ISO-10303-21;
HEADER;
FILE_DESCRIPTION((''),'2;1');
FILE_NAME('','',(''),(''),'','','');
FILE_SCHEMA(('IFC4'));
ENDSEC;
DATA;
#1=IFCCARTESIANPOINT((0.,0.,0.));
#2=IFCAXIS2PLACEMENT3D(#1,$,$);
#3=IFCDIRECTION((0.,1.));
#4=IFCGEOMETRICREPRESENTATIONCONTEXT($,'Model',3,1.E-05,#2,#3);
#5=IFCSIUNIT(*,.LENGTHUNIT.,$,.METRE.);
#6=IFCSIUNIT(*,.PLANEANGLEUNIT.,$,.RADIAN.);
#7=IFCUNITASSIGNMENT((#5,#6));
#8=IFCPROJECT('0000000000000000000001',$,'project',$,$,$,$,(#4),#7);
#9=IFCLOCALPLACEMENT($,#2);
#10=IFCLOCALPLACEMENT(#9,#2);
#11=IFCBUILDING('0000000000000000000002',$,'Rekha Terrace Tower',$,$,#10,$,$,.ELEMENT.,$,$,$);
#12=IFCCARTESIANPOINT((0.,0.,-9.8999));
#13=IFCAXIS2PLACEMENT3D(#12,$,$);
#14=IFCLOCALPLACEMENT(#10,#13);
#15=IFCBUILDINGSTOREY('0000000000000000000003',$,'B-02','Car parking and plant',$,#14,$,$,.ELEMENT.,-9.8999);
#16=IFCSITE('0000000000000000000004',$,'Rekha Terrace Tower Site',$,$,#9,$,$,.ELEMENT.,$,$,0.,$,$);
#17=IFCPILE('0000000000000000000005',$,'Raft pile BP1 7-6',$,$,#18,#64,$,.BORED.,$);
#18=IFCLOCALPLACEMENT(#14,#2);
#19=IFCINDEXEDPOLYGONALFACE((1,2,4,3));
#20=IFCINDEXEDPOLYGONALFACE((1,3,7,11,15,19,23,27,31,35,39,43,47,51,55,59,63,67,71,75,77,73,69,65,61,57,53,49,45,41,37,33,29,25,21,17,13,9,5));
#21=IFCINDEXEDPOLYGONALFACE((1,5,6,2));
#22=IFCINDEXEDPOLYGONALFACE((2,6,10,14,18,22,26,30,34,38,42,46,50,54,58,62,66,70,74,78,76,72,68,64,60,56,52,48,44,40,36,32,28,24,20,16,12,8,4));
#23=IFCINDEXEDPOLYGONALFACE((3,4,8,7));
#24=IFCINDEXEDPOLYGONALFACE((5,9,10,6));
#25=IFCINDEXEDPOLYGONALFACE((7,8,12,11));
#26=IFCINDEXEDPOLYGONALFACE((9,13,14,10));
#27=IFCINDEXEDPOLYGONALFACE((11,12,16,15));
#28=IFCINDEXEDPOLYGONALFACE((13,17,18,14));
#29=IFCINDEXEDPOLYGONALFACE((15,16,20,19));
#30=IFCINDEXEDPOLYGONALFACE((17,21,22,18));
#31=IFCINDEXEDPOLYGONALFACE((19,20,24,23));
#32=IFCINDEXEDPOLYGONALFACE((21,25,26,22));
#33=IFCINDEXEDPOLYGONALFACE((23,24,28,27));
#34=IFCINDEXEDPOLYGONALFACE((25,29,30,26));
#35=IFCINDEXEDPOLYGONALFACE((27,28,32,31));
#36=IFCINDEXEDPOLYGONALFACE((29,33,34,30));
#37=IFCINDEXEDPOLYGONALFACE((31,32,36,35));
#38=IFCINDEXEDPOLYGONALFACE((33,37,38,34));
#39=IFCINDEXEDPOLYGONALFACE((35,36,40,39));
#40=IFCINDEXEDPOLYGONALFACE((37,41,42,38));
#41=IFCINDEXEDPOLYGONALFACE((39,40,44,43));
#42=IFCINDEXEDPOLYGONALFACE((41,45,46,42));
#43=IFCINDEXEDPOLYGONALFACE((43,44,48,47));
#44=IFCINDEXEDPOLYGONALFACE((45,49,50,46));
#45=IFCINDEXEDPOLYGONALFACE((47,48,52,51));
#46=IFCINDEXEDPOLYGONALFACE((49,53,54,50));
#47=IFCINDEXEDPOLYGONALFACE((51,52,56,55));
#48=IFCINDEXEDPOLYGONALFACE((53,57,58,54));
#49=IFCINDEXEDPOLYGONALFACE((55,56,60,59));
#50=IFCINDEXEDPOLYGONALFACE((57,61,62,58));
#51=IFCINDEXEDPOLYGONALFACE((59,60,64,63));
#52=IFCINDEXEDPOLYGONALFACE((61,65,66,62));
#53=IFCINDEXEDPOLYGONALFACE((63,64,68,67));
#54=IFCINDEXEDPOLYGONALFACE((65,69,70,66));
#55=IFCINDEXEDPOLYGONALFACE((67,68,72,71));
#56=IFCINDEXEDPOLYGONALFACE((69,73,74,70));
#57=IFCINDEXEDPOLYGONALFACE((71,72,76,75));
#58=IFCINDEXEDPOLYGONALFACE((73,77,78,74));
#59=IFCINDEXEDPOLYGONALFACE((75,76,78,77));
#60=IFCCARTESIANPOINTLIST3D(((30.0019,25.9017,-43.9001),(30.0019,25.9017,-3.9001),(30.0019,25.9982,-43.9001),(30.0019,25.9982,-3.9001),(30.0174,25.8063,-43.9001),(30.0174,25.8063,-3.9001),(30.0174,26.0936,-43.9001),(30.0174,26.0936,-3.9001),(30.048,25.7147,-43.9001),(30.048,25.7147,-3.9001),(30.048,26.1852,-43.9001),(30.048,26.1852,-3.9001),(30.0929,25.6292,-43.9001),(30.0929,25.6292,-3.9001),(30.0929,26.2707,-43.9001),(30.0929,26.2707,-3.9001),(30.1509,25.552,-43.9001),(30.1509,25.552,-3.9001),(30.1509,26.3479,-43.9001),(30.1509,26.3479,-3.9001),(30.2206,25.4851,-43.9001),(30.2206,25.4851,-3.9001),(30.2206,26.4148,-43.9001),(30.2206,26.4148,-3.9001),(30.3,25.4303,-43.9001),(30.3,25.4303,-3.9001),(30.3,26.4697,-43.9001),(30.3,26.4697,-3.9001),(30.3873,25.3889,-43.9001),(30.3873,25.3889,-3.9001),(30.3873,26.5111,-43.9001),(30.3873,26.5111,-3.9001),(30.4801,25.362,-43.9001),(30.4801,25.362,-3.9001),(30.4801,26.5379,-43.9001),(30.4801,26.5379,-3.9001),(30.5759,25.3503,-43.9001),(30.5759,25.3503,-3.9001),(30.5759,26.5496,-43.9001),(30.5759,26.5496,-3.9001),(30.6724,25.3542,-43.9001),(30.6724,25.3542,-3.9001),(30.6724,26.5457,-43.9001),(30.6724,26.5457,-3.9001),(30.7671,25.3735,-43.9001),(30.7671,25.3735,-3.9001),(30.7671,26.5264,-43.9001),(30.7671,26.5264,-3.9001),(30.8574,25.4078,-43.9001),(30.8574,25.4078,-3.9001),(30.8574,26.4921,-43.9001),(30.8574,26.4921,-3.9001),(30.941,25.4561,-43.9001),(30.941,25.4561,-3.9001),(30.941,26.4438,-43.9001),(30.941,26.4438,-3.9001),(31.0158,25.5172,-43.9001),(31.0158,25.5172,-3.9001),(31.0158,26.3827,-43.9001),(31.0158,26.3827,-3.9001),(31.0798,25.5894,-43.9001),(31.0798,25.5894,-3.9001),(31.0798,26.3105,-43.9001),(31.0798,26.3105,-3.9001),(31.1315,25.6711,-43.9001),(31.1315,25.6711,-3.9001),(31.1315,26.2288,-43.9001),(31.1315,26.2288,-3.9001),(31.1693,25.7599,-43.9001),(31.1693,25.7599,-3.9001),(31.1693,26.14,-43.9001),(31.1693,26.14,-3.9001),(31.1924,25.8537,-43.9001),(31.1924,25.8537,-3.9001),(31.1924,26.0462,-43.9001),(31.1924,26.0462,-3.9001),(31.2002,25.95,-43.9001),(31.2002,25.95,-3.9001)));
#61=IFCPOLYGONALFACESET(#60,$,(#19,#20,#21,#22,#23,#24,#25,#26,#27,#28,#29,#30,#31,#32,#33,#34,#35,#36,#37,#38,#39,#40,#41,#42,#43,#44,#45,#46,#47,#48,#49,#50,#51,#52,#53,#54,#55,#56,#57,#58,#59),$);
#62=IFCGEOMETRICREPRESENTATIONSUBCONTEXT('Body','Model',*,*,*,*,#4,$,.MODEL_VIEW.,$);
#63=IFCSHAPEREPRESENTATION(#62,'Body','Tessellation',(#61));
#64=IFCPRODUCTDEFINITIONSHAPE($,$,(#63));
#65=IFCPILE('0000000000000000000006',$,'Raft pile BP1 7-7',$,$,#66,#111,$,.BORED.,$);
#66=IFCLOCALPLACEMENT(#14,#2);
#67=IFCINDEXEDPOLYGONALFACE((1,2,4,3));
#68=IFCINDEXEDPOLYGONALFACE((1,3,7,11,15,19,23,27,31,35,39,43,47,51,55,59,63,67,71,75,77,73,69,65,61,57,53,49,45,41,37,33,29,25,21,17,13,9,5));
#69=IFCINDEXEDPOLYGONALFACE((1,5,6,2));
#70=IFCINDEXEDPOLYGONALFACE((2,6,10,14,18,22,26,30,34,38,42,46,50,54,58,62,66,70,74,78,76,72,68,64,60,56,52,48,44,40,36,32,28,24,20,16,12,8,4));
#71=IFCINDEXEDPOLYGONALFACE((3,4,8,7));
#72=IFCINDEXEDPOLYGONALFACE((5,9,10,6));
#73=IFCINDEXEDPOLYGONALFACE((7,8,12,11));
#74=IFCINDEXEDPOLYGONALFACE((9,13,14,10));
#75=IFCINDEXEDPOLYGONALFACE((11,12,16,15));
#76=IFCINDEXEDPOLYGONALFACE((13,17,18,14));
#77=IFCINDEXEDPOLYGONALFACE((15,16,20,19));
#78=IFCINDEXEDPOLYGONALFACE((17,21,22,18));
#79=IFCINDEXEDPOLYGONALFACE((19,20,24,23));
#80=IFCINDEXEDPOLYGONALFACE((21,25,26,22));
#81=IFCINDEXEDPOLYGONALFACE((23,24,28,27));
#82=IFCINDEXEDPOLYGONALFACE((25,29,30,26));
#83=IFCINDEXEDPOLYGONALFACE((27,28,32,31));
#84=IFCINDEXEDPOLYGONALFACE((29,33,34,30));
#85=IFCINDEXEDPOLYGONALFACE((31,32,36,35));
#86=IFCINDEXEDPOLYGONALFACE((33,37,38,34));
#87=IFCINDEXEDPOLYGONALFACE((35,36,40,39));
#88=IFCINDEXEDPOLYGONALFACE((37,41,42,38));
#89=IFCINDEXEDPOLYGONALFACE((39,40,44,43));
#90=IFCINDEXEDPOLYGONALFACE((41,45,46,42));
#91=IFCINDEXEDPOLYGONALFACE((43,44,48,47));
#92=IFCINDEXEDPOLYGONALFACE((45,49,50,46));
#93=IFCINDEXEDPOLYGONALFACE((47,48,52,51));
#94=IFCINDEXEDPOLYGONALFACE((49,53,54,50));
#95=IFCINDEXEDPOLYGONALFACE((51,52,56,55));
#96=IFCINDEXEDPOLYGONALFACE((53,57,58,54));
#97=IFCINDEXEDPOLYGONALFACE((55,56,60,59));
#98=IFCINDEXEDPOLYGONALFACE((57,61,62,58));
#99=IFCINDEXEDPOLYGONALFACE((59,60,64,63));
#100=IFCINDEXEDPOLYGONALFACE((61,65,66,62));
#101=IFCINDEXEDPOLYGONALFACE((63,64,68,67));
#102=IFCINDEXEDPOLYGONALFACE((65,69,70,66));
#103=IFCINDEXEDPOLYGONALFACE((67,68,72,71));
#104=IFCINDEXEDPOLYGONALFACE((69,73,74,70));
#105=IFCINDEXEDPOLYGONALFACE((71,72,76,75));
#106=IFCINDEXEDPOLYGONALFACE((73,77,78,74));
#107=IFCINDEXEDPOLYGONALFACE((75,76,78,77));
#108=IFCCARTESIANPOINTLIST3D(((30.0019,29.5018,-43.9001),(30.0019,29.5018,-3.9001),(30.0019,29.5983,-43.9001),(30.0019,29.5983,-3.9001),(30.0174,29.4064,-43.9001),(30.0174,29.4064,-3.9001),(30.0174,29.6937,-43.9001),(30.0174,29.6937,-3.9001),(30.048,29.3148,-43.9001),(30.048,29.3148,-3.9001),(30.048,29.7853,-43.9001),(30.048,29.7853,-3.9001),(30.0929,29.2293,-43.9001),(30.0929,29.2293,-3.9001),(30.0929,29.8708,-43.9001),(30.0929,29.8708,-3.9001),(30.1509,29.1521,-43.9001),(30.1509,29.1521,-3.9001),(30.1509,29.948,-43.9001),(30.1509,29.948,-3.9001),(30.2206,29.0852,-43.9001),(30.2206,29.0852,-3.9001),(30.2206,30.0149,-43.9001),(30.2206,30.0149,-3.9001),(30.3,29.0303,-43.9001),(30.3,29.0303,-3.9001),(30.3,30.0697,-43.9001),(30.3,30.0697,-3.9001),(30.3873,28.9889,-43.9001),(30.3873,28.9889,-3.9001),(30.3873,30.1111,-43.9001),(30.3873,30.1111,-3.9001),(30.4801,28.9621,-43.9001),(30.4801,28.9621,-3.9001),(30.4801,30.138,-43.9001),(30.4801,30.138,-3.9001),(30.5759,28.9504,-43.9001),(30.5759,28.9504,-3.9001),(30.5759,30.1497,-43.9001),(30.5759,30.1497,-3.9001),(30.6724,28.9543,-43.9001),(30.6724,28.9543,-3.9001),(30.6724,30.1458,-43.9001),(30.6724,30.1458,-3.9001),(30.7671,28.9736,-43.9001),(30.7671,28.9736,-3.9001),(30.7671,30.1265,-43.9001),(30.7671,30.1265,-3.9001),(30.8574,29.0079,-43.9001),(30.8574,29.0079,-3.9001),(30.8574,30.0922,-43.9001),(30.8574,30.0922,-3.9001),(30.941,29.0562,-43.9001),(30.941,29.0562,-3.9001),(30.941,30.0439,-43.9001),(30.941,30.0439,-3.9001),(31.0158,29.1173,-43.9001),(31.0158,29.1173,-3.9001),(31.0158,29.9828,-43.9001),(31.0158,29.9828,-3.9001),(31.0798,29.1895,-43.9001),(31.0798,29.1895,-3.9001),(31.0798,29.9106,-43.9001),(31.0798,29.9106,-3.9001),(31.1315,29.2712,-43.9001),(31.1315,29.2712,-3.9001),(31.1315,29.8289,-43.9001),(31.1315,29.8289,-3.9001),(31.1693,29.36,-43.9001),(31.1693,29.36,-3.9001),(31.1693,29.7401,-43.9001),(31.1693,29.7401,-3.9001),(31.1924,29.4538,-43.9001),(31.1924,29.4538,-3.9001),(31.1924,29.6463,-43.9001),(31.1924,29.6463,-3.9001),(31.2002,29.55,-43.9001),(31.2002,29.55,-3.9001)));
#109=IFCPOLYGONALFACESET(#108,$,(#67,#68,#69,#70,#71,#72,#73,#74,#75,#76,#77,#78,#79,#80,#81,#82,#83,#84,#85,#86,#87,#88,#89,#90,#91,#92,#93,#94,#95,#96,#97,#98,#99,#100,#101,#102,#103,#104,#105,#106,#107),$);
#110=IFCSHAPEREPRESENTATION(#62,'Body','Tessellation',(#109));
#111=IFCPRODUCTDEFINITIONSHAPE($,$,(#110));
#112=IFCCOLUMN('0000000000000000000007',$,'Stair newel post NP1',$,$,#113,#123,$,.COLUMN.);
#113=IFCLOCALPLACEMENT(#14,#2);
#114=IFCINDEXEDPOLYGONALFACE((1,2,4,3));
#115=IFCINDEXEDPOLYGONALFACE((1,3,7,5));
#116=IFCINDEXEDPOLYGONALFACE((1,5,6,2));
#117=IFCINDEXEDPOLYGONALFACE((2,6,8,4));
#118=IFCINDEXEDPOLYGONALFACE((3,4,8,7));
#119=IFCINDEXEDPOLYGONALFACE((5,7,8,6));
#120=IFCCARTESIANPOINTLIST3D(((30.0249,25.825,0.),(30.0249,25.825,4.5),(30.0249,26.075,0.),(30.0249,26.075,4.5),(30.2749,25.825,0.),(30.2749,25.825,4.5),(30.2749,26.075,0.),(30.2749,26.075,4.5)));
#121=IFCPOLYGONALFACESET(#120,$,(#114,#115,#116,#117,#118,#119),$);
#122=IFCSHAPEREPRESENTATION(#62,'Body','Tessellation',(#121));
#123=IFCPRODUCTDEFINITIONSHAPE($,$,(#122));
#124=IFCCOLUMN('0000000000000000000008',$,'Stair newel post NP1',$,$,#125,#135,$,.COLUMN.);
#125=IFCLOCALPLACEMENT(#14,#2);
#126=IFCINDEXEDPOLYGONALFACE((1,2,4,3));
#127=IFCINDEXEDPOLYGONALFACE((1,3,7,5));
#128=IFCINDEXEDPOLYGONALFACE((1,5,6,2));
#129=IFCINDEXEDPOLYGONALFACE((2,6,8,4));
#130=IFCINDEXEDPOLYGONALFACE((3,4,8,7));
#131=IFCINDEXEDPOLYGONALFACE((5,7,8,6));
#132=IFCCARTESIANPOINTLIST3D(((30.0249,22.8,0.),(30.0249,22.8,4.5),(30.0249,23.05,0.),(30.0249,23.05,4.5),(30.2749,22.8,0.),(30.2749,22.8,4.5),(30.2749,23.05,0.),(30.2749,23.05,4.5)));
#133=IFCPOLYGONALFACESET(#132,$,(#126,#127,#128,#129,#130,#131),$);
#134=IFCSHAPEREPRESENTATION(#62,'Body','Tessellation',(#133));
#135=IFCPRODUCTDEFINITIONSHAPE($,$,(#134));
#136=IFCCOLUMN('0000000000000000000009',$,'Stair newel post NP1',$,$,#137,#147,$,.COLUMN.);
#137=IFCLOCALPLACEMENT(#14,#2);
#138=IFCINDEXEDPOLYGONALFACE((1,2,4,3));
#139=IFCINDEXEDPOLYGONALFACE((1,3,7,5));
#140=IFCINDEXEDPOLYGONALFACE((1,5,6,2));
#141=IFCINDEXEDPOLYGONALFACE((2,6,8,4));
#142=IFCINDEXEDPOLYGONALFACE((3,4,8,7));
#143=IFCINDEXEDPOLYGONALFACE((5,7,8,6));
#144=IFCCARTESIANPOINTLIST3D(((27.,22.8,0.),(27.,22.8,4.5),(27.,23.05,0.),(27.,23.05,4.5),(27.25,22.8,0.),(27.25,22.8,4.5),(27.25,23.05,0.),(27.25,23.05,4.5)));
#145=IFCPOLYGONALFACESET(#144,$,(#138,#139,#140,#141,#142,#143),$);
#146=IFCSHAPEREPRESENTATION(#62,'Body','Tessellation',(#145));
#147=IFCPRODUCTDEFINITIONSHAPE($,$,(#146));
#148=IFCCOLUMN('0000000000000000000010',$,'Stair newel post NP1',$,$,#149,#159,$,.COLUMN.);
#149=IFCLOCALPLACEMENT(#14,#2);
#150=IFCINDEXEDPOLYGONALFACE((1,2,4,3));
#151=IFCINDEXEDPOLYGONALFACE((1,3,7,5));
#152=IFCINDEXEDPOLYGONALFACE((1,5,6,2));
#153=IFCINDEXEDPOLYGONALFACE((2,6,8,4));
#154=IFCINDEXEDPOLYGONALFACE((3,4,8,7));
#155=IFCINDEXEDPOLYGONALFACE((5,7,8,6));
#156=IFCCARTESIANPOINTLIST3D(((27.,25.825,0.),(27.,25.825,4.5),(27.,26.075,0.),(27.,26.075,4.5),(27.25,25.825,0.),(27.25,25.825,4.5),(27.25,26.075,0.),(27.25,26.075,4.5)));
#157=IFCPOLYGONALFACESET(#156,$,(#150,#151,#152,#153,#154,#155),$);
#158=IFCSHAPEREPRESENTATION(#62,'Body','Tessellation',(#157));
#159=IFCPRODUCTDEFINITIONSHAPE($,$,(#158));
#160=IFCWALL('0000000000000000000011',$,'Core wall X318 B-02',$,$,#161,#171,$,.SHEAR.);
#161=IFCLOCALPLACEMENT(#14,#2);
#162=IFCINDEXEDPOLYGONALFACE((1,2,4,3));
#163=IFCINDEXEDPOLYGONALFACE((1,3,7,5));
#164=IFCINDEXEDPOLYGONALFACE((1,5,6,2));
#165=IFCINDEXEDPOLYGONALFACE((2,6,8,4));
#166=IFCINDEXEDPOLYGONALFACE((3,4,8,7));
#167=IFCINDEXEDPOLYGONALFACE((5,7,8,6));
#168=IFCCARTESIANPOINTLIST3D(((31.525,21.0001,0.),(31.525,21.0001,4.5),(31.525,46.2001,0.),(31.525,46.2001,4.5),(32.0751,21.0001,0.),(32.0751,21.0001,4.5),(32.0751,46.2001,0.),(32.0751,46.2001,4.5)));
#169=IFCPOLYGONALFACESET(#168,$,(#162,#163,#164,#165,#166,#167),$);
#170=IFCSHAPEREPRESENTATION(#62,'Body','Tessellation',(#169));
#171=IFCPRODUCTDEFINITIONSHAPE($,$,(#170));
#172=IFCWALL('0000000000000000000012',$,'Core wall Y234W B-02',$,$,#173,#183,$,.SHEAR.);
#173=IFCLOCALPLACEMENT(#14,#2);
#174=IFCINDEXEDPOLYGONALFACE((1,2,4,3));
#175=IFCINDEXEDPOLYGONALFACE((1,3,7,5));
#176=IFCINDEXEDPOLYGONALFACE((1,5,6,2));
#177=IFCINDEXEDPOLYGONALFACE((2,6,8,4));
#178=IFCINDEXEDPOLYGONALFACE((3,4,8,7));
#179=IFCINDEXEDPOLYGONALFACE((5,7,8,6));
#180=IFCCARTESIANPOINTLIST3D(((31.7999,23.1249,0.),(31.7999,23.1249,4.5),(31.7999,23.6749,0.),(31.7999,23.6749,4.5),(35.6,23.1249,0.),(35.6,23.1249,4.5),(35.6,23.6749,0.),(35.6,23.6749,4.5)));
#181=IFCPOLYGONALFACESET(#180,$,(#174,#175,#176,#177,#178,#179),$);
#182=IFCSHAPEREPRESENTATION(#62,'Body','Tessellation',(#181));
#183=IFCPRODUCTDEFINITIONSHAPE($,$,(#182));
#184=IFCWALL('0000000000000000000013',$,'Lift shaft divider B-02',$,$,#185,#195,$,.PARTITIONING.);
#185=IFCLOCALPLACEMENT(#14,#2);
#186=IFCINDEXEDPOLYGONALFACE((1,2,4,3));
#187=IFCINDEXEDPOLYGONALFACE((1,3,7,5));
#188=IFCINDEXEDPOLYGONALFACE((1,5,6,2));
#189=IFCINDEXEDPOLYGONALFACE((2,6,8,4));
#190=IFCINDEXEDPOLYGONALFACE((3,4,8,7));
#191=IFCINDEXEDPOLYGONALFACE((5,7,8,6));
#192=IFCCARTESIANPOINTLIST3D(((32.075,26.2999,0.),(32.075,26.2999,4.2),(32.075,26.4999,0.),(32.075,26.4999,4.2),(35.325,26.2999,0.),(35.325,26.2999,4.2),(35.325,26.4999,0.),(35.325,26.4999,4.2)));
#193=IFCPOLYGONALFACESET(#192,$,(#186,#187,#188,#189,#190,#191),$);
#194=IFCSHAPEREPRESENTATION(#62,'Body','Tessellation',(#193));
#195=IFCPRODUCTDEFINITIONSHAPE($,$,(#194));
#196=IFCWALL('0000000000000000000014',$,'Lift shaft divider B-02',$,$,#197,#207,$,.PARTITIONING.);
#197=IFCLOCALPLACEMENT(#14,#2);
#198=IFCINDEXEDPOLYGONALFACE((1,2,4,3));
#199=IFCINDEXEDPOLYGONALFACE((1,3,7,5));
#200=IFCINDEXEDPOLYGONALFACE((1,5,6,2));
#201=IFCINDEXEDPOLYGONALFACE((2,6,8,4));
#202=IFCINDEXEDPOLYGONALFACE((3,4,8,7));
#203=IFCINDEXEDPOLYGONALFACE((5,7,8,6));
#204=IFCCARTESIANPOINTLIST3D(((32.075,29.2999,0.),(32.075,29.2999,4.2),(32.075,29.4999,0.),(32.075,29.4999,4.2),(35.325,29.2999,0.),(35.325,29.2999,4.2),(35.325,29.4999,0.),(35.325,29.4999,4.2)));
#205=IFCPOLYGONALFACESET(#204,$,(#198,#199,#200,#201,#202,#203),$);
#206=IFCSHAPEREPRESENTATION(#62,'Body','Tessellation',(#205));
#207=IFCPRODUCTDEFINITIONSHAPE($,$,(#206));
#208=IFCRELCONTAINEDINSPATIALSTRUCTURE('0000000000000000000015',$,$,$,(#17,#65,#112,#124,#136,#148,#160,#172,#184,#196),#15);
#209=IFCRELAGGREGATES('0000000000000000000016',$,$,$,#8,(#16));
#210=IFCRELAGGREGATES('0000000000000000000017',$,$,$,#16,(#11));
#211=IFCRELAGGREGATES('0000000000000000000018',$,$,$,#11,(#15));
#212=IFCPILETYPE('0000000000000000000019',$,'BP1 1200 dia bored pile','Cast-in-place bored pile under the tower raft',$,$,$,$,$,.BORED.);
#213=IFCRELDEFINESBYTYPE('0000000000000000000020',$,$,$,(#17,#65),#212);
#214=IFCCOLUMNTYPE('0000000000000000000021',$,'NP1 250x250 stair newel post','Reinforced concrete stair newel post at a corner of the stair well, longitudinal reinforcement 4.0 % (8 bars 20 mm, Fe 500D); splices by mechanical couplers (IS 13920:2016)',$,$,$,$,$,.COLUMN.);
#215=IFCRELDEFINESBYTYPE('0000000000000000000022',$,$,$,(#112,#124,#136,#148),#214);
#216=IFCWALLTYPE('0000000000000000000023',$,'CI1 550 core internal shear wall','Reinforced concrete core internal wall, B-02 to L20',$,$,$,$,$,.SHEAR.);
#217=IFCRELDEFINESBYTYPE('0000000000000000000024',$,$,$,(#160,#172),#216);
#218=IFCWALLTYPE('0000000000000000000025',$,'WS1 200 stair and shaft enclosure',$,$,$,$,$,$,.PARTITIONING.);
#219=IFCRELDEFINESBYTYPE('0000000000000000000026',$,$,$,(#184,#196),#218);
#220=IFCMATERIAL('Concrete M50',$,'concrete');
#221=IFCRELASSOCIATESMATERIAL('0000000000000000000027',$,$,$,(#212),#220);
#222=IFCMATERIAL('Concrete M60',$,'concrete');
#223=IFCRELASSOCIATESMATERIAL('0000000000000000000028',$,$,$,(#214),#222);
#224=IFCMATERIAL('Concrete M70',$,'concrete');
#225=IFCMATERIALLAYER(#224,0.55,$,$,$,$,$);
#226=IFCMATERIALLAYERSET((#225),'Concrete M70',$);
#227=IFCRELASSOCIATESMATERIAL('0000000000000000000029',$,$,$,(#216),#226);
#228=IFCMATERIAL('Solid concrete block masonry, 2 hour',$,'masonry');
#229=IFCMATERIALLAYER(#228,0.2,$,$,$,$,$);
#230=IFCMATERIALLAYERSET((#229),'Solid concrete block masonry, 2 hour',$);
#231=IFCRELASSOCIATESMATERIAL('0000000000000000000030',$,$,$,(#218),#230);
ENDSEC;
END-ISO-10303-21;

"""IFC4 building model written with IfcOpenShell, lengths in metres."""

from ifc_helpers import new_model, si_unit, direction, frame, frame_2d, origin, origin_2d, place, context, subcontext, project, spatial, rectangle, circle, extrude, material, layer, layer_set, material_profile, profile_set, type_object, element, save


model = new_model("IFC4")

# Units and contexts
model_context = context("Model", 3, precision=1e-05, world=origin(), true_north=direction((0.0, 1.0)))
body_context = subcontext(model_context, "Body", "Model", "MODEL_VIEW")
ifc_project = project(units=[si_unit("LENGTHUNIT", "METRE"), si_unit("PLANEANGLEUNIT", "RADIAN")], contexts=[model_context])

# Site, building, storey
site_placement = place(None, origin())
site = spatial("IfcSite", under=ifc_project, at=site_placement, Name="Rekha Terrace Tower Site", CompositionType="ELEMENT", RefElevation=0.0)
building_placement = place(site_placement, origin())
building = spatial("IfcBuilding", under=site, at=building_placement, Name="Rekha Terrace Tower", CompositionType="ELEMENT")
storey_placement = place(building_placement, frame((0.0, 0.0, -9.8999)))
storey = spatial("IfcBuildingStorey", under=building, at=storey_placement, Name="B-02", Description="Car parking and plant", CompositionType="ELEMENT", Elevation=-9.8999)

# Piles
ifc_material_1 = material(Name="Concrete M50", Category="concrete")
pile_type = type_object("IfcPileType", Name="BP1 1200 dia bored pile", Description="Cast-in-place bored pile under the tower raft", PredefinedType="BORED", material=ifc_material_1)
for number, where, z_axis, x_axis, name in (
    (1, (30.6001, 25.95, -3.9001), (0.0, 0.0, -1.0), (1.0, 0.0, 0.0), "Raft pile BP1 7-6"),
    (2, (30.6001, 29.55, -3.9001), (0.0, 0.0, -1.0), (1.0, 0.0, 0.0), "Raft pile BP1 7-7"),
):
    element("IfcPile", number, at=place(storey_placement, frame(where, z_axis=z_axis, x_axis=x_axis)), inside=storey, type_object=pile_type, Name=name, PredefinedType="BORED", context=body_context, shape_type="SweptSolid", body=[
        extrude(circle(Radius=0.6001, at=origin_2d()), origin(), (0.0, 0.0, 1.0), 40.0),
    ])

# Columns
ifc_material_2 = material(Name="Concrete M60", Category="concrete")
ifc_material_profile = material_profile(ifc_material_2, rectangle(XDim=0.25, YDim=0.25, at=origin_2d()), Name="RC 250x250")
ifc_profile_set = profile_set([ifc_material_profile], Name="Concrete M60")
column_type = type_object("IfcColumnType", Name="NP1 250x250 stair newel post", Description="Reinforced concrete stair newel post at a corner of the stair well, longitudinal reinforcement 4.0 % (8 bars 20 mm, Fe 500D); splices by mechanical couplers (IS 13920:2016)", PredefinedType="COLUMN", material=ifc_profile_set)
for number, where, z_axis, x_axis, name in (
    (3, (30.1499, 25.95, 0.0), (0.0, 0.0, 1.0), (1.0, 0.0, 0.0), "Stair newel post NP1"),
    (4, (30.1499, 22.925, 0.0), (0.0, 0.0, 1.0), (1.0, 0.0, 0.0), "Stair newel post NP1"),
    (5, (27.125, 22.925, 0.0), (0.0, 0.0, 1.0), (1.0, 0.0, 0.0), "Stair newel post NP1"),
    (6, (27.125, 25.95, 0.0), (0.0, 0.0, 1.0), (1.0, 0.0, 0.0), "Stair newel post NP1"),
):
    element("IfcColumn", number, at=place(storey_placement, frame(where, z_axis=z_axis, x_axis=x_axis)), inside=storey, type_object=column_type, Name=name, PredefinedType="COLUMN", context=body_context, shape_type="SweptSolid", body=[
        extrude(rectangle(XDim=0.25, YDim=0.25, at=origin_2d()), origin(), (0.0, 0.0, 1.0), 4.5),
    ])

# Walls
ifc_material_3 = material(Name="Concrete M70", Category="concrete")
ifc_layer_1 = layer(ifc_material_3, 0.55)
ifc_layer_set_1 = layer_set([ifc_layer_1], Name="Concrete M70")
wall_type_1 = type_object("IfcWallType", Name="CI1 550 core internal shear wall", Description="Reinforced concrete core internal wall, B-02 to L20", PredefinedType="SHEAR", material=ifc_layer_set_1)
wall_1_placement = place(storey_placement, frame((31.8, 21.0, 0.0), z_axis=(0.0, 0.0, 1.0), x_axis=(0.0, 1.0, 0.0)))
element("IfcWall", 7, at=wall_1_placement, inside=storey, type_object=wall_type_1, Name="Core wall X318 B-02", PredefinedType="SHEAR", context=body_context, shape_type="SweptSolid", body=[
    extrude(rectangle(XDim=25.2, YDim=0.55, at=frame_2d((12.6001, 0.0))), origin(), (0.0, 0.0, 1.0), 4.5),
])
wall_2_placement = place(storey_placement, frame((31.8, 23.3999, 0.0), z_axis=(0.0, 0.0, 1.0), x_axis=(1.0, 0.0, 0.0)))
element("IfcWall", 8, at=wall_2_placement, inside=storey, type_object=wall_type_1, Name="Core wall Y234W B-02", PredefinedType="SHEAR", context=body_context, shape_type="SweptSolid", body=[
    extrude(rectangle(XDim=3.8, YDim=0.55, at=frame_2d((1.8999, 0.0))), origin(), (0.0, 0.0, 1.0), 4.5),
])
ifc_material_4 = material(Name="Solid concrete block masonry, 2 hour", Category="masonry")
ifc_layer_2 = layer(ifc_material_4, 0.2)
ifc_layer_set_2 = layer_set([ifc_layer_2], Name="Solid concrete block masonry, 2 hour")
wall_type_2 = type_object("IfcWallType", Name="WS1 200 stair and shaft enclosure", PredefinedType="PARTITIONING", material=ifc_layer_set_2)
for number, where, z_axis, x_axis, name in (
    (9, (32.075, 26.3999, 0.0), (0.0, 0.0, 1.0), (1.0, 0.0, 0.0), "Lift shaft divider B-02"),
    (10, (32.075, 29.3999, 0.0), (0.0, 0.0, 1.0), (1.0, 0.0, 0.0), "Lift shaft divider B-02"),
):
    element("IfcWall", number, at=place(storey_placement, frame(where, z_axis=z_axis, x_axis=x_axis)), inside=storey, type_object=wall_type_2, Name=name, PredefinedType="PARTITIONING", context=body_context, shape_type="SweptSolid", body=[
        extrude(rectangle(XDim=3.25, YDim=0.2, at=frame_2d((1.625, 0.0))), origin(), (0.0, 0.0, 1.0), 4.2),
    ])

save(model, "model.ifc")
